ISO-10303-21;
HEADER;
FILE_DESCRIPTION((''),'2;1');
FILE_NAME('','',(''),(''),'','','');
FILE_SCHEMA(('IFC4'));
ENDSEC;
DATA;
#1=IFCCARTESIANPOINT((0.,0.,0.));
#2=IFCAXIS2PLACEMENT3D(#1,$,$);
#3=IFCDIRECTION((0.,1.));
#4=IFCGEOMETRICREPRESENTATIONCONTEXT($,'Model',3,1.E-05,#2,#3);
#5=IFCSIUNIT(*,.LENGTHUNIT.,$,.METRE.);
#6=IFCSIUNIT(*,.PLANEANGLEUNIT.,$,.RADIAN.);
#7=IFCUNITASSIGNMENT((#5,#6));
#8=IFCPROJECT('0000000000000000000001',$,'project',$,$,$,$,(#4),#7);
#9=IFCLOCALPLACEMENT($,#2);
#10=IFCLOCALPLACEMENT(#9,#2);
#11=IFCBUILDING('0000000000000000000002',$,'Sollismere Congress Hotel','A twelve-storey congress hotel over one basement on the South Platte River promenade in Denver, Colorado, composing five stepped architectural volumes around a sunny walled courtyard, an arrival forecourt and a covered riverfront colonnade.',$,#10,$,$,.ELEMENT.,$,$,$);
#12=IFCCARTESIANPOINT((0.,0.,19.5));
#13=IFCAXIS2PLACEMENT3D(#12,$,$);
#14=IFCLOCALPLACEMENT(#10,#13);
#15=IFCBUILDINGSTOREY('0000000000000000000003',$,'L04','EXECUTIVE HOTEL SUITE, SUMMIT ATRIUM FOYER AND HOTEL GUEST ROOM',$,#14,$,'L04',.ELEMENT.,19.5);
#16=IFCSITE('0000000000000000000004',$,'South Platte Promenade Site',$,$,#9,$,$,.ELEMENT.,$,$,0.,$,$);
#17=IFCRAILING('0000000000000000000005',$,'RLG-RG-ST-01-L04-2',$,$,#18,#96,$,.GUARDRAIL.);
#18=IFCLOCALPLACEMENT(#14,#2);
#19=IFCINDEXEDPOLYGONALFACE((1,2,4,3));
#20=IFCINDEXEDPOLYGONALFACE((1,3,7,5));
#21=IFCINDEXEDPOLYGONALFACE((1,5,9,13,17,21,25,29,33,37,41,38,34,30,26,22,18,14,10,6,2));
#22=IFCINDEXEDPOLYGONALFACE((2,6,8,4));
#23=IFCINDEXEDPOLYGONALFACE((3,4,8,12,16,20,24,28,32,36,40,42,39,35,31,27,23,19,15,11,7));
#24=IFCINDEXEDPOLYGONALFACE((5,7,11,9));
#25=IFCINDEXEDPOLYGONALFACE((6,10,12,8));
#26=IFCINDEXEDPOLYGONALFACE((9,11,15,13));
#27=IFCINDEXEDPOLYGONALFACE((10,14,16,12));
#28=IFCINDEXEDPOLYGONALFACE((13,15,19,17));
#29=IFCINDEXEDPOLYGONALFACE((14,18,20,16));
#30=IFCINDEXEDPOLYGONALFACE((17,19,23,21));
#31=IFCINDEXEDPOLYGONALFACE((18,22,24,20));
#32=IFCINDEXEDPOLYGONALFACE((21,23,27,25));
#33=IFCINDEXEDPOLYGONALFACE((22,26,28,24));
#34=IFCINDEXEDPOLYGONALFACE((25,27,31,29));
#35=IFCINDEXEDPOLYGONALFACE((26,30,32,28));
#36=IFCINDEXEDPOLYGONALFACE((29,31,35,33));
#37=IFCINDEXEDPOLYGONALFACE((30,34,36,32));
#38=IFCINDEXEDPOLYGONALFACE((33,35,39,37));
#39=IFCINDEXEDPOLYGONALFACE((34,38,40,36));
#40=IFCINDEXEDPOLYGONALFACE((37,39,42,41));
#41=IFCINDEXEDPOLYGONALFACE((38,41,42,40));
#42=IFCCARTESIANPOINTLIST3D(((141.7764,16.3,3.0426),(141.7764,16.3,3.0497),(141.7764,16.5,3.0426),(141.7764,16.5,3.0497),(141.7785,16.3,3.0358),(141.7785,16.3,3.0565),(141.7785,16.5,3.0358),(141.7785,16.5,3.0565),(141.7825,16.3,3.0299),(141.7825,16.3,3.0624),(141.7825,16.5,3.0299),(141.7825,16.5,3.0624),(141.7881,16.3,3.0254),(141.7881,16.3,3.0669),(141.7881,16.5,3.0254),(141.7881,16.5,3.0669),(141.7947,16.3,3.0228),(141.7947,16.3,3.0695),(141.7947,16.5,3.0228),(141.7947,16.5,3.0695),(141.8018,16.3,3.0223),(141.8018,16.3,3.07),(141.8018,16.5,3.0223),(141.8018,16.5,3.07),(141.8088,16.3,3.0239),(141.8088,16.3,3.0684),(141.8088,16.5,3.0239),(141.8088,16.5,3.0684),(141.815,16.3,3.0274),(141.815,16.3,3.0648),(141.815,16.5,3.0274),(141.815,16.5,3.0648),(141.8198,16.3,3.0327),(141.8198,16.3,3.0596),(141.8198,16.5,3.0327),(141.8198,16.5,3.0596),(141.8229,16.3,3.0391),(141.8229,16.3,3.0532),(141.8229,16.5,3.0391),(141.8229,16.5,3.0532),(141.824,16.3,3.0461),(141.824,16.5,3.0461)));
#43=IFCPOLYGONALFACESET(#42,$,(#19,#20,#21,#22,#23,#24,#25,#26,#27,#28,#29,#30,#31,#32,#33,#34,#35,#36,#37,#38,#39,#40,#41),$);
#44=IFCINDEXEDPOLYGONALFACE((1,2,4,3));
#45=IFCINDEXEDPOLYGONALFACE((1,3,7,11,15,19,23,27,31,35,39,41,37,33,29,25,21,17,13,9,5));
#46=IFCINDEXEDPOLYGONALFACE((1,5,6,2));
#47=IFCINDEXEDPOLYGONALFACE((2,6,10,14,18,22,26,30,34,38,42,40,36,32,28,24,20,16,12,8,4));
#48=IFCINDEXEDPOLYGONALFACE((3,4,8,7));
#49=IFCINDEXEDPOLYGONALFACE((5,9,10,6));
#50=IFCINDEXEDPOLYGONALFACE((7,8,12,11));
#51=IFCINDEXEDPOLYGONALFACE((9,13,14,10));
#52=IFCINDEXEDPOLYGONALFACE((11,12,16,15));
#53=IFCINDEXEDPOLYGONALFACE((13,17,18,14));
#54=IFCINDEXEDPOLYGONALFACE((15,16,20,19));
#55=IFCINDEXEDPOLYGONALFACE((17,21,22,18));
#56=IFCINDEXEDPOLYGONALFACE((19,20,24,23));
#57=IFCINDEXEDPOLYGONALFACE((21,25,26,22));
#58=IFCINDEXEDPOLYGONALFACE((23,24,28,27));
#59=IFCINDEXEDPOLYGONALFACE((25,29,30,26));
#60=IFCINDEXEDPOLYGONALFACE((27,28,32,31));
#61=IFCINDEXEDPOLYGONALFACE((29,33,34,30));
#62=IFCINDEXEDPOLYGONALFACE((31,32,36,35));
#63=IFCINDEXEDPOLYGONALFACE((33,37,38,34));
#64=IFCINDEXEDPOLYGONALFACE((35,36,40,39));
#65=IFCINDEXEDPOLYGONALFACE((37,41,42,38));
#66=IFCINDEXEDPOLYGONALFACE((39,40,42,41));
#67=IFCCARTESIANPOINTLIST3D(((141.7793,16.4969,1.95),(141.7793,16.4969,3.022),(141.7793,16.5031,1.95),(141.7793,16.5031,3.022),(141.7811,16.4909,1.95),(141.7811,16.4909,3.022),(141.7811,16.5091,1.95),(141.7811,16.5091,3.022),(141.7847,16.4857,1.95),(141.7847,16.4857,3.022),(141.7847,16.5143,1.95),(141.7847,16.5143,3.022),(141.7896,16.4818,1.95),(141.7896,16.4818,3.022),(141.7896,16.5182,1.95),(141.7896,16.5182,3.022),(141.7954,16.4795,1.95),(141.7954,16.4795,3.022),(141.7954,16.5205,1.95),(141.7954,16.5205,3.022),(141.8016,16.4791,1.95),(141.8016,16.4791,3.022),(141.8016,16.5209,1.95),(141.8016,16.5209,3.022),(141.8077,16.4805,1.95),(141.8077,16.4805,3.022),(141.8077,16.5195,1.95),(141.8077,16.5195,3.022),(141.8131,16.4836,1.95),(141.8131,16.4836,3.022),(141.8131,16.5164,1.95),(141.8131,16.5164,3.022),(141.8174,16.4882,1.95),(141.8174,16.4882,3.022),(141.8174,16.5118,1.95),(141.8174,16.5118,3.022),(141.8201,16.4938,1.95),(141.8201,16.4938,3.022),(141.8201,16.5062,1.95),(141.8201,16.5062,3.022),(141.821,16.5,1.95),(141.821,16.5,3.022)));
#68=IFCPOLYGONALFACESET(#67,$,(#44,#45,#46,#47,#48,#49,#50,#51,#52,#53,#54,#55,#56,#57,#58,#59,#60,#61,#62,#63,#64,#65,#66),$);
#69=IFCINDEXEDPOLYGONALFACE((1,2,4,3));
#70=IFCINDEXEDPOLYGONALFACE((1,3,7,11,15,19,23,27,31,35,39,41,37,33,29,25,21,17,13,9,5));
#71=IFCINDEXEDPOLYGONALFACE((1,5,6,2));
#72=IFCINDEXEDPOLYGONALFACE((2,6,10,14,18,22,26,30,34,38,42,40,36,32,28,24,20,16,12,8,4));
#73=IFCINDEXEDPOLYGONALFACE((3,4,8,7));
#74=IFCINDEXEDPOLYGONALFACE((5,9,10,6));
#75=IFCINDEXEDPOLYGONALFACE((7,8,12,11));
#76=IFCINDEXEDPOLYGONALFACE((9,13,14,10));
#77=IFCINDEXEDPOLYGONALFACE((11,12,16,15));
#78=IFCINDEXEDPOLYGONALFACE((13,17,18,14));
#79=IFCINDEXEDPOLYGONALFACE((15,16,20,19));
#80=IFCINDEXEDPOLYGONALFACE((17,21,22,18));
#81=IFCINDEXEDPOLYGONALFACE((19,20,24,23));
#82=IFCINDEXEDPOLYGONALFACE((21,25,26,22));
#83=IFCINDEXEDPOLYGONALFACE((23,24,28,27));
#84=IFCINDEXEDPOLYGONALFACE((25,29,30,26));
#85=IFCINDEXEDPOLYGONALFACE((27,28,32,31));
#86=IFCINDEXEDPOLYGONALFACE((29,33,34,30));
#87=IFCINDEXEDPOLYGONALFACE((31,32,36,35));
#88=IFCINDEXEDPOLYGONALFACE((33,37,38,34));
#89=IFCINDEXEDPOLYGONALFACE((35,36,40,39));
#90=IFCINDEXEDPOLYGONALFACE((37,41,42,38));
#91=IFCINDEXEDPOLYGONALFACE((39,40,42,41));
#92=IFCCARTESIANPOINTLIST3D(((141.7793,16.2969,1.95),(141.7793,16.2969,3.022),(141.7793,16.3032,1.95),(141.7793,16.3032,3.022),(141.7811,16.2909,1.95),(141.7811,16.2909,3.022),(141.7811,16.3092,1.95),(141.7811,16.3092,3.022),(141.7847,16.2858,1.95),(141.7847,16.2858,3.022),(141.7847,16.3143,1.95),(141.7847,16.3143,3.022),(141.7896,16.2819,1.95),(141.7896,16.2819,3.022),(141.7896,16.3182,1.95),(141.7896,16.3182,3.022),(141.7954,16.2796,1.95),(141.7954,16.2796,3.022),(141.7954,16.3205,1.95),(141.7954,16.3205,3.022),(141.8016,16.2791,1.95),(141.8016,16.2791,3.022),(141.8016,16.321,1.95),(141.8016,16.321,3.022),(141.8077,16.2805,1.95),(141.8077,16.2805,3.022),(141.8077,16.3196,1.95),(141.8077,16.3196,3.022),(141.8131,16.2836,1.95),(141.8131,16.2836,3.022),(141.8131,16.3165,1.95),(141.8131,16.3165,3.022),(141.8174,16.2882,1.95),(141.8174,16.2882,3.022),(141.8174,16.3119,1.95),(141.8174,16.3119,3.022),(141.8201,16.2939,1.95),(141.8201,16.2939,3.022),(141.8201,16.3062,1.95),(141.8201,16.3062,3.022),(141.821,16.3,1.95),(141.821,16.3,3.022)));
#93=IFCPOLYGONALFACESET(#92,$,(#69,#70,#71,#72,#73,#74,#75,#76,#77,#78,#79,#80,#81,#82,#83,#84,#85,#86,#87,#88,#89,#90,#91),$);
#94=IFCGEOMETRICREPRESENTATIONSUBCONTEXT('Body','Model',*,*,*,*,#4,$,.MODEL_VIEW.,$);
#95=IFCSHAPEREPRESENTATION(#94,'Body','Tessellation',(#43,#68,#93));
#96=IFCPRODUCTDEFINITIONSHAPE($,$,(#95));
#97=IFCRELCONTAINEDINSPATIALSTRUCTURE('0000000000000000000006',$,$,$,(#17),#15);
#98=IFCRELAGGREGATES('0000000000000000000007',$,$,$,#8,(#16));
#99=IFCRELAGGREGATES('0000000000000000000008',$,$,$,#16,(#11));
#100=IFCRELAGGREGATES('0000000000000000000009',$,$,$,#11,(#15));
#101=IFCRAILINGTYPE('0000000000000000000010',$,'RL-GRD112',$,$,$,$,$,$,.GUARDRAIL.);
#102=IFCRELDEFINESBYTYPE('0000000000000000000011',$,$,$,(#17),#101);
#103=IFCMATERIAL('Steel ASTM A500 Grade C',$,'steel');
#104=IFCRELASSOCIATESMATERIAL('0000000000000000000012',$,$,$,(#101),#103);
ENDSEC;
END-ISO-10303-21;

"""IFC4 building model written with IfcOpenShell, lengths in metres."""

from ifc_helpers import new_model, si_unit, direction, frame, origin, origin_2d, place, context, subcontext, project, spatial, circle, extrude, material, type_object, element, save


model = new_model("IFC4")

# Units and contexts
model_context = context("Model", 3, precision=1e-05, world=origin(), true_north=direction((0.0, 1.0)))
body_context = subcontext(model_context, "Body", "Model", "MODEL_VIEW")
ifc_project = project(units=[si_unit("LENGTHUNIT", "METRE"), si_unit("PLANEANGLEUNIT", "RADIAN")], contexts=[model_context])

# Site, building, storey
site_placement = place(None, origin())
site = spatial("IfcSite", under=ifc_project, at=site_placement, Name="South Platte Promenade Site", CompositionType="ELEMENT", RefElevation=0.0)
building_placement = place(site_placement, origin())
building = spatial("IfcBuilding", under=site, at=building_placement, Name="Sollismere Congress Hotel", Description="A twelve-storey congress hotel over one basement on the South Platte River promenade in Denver, Colorado, composing five stepped architectural volumes around a sunny walled courtyard, an arrival forecourt and a covered riverfront colonnade.", CompositionType="ELEMENT")
storey_placement = place(building_placement, frame((0.0, 0.0, 19.5)))
storey = spatial("IfcBuildingStorey", under=building, at=storey_placement, Name="L04", Description="EXECUTIVE HOTEL SUITE, SUMMIT ATRIUM FOYER AND HOTEL GUEST ROOM", LongName="L04", CompositionType="ELEMENT", Elevation=19.5)

# Railing
ifc_material_1 = material(Name="Steel ASTM A500 Grade C", Category="steel")
railing_type_1 = type_object("IfcRailingType", Name="RL-GRD112", PredefinedType="GUARDRAIL", material=ifc_material_1)
railing_1_placement = place(storey_placement, frame((141.8, 16.5, 1.95)))
element("IfcRailing", 1, at=railing_1_placement, inside=storey, type_object=railing_type_1, Name="RLG-RG-ST-01-L04-2", PredefinedType="GUARDRAIL", context=body_context, shape_type="SweptSolid", body=[
    extrude(circle(Radius=0.0239, at=origin_2d()), frame((0.0, 0.0, 1.0962), z_axis=(0.0, -1.0, 0.0), x_axis=(1.0, 0.0, 0.0)), (0.0, 0.0, 1.0), 0.2),
    extrude(circle(Radius=0.021, at=origin_2d()), origin(), (0.0, 0.0, 1.0), 1.072),
    extrude(circle(Radius=0.021, at=origin_2d()), frame((0.0, -0.2, 0.0)), (0.0, 0.0, 1.0), 1.072),
])

save(model, "model.ifc")
